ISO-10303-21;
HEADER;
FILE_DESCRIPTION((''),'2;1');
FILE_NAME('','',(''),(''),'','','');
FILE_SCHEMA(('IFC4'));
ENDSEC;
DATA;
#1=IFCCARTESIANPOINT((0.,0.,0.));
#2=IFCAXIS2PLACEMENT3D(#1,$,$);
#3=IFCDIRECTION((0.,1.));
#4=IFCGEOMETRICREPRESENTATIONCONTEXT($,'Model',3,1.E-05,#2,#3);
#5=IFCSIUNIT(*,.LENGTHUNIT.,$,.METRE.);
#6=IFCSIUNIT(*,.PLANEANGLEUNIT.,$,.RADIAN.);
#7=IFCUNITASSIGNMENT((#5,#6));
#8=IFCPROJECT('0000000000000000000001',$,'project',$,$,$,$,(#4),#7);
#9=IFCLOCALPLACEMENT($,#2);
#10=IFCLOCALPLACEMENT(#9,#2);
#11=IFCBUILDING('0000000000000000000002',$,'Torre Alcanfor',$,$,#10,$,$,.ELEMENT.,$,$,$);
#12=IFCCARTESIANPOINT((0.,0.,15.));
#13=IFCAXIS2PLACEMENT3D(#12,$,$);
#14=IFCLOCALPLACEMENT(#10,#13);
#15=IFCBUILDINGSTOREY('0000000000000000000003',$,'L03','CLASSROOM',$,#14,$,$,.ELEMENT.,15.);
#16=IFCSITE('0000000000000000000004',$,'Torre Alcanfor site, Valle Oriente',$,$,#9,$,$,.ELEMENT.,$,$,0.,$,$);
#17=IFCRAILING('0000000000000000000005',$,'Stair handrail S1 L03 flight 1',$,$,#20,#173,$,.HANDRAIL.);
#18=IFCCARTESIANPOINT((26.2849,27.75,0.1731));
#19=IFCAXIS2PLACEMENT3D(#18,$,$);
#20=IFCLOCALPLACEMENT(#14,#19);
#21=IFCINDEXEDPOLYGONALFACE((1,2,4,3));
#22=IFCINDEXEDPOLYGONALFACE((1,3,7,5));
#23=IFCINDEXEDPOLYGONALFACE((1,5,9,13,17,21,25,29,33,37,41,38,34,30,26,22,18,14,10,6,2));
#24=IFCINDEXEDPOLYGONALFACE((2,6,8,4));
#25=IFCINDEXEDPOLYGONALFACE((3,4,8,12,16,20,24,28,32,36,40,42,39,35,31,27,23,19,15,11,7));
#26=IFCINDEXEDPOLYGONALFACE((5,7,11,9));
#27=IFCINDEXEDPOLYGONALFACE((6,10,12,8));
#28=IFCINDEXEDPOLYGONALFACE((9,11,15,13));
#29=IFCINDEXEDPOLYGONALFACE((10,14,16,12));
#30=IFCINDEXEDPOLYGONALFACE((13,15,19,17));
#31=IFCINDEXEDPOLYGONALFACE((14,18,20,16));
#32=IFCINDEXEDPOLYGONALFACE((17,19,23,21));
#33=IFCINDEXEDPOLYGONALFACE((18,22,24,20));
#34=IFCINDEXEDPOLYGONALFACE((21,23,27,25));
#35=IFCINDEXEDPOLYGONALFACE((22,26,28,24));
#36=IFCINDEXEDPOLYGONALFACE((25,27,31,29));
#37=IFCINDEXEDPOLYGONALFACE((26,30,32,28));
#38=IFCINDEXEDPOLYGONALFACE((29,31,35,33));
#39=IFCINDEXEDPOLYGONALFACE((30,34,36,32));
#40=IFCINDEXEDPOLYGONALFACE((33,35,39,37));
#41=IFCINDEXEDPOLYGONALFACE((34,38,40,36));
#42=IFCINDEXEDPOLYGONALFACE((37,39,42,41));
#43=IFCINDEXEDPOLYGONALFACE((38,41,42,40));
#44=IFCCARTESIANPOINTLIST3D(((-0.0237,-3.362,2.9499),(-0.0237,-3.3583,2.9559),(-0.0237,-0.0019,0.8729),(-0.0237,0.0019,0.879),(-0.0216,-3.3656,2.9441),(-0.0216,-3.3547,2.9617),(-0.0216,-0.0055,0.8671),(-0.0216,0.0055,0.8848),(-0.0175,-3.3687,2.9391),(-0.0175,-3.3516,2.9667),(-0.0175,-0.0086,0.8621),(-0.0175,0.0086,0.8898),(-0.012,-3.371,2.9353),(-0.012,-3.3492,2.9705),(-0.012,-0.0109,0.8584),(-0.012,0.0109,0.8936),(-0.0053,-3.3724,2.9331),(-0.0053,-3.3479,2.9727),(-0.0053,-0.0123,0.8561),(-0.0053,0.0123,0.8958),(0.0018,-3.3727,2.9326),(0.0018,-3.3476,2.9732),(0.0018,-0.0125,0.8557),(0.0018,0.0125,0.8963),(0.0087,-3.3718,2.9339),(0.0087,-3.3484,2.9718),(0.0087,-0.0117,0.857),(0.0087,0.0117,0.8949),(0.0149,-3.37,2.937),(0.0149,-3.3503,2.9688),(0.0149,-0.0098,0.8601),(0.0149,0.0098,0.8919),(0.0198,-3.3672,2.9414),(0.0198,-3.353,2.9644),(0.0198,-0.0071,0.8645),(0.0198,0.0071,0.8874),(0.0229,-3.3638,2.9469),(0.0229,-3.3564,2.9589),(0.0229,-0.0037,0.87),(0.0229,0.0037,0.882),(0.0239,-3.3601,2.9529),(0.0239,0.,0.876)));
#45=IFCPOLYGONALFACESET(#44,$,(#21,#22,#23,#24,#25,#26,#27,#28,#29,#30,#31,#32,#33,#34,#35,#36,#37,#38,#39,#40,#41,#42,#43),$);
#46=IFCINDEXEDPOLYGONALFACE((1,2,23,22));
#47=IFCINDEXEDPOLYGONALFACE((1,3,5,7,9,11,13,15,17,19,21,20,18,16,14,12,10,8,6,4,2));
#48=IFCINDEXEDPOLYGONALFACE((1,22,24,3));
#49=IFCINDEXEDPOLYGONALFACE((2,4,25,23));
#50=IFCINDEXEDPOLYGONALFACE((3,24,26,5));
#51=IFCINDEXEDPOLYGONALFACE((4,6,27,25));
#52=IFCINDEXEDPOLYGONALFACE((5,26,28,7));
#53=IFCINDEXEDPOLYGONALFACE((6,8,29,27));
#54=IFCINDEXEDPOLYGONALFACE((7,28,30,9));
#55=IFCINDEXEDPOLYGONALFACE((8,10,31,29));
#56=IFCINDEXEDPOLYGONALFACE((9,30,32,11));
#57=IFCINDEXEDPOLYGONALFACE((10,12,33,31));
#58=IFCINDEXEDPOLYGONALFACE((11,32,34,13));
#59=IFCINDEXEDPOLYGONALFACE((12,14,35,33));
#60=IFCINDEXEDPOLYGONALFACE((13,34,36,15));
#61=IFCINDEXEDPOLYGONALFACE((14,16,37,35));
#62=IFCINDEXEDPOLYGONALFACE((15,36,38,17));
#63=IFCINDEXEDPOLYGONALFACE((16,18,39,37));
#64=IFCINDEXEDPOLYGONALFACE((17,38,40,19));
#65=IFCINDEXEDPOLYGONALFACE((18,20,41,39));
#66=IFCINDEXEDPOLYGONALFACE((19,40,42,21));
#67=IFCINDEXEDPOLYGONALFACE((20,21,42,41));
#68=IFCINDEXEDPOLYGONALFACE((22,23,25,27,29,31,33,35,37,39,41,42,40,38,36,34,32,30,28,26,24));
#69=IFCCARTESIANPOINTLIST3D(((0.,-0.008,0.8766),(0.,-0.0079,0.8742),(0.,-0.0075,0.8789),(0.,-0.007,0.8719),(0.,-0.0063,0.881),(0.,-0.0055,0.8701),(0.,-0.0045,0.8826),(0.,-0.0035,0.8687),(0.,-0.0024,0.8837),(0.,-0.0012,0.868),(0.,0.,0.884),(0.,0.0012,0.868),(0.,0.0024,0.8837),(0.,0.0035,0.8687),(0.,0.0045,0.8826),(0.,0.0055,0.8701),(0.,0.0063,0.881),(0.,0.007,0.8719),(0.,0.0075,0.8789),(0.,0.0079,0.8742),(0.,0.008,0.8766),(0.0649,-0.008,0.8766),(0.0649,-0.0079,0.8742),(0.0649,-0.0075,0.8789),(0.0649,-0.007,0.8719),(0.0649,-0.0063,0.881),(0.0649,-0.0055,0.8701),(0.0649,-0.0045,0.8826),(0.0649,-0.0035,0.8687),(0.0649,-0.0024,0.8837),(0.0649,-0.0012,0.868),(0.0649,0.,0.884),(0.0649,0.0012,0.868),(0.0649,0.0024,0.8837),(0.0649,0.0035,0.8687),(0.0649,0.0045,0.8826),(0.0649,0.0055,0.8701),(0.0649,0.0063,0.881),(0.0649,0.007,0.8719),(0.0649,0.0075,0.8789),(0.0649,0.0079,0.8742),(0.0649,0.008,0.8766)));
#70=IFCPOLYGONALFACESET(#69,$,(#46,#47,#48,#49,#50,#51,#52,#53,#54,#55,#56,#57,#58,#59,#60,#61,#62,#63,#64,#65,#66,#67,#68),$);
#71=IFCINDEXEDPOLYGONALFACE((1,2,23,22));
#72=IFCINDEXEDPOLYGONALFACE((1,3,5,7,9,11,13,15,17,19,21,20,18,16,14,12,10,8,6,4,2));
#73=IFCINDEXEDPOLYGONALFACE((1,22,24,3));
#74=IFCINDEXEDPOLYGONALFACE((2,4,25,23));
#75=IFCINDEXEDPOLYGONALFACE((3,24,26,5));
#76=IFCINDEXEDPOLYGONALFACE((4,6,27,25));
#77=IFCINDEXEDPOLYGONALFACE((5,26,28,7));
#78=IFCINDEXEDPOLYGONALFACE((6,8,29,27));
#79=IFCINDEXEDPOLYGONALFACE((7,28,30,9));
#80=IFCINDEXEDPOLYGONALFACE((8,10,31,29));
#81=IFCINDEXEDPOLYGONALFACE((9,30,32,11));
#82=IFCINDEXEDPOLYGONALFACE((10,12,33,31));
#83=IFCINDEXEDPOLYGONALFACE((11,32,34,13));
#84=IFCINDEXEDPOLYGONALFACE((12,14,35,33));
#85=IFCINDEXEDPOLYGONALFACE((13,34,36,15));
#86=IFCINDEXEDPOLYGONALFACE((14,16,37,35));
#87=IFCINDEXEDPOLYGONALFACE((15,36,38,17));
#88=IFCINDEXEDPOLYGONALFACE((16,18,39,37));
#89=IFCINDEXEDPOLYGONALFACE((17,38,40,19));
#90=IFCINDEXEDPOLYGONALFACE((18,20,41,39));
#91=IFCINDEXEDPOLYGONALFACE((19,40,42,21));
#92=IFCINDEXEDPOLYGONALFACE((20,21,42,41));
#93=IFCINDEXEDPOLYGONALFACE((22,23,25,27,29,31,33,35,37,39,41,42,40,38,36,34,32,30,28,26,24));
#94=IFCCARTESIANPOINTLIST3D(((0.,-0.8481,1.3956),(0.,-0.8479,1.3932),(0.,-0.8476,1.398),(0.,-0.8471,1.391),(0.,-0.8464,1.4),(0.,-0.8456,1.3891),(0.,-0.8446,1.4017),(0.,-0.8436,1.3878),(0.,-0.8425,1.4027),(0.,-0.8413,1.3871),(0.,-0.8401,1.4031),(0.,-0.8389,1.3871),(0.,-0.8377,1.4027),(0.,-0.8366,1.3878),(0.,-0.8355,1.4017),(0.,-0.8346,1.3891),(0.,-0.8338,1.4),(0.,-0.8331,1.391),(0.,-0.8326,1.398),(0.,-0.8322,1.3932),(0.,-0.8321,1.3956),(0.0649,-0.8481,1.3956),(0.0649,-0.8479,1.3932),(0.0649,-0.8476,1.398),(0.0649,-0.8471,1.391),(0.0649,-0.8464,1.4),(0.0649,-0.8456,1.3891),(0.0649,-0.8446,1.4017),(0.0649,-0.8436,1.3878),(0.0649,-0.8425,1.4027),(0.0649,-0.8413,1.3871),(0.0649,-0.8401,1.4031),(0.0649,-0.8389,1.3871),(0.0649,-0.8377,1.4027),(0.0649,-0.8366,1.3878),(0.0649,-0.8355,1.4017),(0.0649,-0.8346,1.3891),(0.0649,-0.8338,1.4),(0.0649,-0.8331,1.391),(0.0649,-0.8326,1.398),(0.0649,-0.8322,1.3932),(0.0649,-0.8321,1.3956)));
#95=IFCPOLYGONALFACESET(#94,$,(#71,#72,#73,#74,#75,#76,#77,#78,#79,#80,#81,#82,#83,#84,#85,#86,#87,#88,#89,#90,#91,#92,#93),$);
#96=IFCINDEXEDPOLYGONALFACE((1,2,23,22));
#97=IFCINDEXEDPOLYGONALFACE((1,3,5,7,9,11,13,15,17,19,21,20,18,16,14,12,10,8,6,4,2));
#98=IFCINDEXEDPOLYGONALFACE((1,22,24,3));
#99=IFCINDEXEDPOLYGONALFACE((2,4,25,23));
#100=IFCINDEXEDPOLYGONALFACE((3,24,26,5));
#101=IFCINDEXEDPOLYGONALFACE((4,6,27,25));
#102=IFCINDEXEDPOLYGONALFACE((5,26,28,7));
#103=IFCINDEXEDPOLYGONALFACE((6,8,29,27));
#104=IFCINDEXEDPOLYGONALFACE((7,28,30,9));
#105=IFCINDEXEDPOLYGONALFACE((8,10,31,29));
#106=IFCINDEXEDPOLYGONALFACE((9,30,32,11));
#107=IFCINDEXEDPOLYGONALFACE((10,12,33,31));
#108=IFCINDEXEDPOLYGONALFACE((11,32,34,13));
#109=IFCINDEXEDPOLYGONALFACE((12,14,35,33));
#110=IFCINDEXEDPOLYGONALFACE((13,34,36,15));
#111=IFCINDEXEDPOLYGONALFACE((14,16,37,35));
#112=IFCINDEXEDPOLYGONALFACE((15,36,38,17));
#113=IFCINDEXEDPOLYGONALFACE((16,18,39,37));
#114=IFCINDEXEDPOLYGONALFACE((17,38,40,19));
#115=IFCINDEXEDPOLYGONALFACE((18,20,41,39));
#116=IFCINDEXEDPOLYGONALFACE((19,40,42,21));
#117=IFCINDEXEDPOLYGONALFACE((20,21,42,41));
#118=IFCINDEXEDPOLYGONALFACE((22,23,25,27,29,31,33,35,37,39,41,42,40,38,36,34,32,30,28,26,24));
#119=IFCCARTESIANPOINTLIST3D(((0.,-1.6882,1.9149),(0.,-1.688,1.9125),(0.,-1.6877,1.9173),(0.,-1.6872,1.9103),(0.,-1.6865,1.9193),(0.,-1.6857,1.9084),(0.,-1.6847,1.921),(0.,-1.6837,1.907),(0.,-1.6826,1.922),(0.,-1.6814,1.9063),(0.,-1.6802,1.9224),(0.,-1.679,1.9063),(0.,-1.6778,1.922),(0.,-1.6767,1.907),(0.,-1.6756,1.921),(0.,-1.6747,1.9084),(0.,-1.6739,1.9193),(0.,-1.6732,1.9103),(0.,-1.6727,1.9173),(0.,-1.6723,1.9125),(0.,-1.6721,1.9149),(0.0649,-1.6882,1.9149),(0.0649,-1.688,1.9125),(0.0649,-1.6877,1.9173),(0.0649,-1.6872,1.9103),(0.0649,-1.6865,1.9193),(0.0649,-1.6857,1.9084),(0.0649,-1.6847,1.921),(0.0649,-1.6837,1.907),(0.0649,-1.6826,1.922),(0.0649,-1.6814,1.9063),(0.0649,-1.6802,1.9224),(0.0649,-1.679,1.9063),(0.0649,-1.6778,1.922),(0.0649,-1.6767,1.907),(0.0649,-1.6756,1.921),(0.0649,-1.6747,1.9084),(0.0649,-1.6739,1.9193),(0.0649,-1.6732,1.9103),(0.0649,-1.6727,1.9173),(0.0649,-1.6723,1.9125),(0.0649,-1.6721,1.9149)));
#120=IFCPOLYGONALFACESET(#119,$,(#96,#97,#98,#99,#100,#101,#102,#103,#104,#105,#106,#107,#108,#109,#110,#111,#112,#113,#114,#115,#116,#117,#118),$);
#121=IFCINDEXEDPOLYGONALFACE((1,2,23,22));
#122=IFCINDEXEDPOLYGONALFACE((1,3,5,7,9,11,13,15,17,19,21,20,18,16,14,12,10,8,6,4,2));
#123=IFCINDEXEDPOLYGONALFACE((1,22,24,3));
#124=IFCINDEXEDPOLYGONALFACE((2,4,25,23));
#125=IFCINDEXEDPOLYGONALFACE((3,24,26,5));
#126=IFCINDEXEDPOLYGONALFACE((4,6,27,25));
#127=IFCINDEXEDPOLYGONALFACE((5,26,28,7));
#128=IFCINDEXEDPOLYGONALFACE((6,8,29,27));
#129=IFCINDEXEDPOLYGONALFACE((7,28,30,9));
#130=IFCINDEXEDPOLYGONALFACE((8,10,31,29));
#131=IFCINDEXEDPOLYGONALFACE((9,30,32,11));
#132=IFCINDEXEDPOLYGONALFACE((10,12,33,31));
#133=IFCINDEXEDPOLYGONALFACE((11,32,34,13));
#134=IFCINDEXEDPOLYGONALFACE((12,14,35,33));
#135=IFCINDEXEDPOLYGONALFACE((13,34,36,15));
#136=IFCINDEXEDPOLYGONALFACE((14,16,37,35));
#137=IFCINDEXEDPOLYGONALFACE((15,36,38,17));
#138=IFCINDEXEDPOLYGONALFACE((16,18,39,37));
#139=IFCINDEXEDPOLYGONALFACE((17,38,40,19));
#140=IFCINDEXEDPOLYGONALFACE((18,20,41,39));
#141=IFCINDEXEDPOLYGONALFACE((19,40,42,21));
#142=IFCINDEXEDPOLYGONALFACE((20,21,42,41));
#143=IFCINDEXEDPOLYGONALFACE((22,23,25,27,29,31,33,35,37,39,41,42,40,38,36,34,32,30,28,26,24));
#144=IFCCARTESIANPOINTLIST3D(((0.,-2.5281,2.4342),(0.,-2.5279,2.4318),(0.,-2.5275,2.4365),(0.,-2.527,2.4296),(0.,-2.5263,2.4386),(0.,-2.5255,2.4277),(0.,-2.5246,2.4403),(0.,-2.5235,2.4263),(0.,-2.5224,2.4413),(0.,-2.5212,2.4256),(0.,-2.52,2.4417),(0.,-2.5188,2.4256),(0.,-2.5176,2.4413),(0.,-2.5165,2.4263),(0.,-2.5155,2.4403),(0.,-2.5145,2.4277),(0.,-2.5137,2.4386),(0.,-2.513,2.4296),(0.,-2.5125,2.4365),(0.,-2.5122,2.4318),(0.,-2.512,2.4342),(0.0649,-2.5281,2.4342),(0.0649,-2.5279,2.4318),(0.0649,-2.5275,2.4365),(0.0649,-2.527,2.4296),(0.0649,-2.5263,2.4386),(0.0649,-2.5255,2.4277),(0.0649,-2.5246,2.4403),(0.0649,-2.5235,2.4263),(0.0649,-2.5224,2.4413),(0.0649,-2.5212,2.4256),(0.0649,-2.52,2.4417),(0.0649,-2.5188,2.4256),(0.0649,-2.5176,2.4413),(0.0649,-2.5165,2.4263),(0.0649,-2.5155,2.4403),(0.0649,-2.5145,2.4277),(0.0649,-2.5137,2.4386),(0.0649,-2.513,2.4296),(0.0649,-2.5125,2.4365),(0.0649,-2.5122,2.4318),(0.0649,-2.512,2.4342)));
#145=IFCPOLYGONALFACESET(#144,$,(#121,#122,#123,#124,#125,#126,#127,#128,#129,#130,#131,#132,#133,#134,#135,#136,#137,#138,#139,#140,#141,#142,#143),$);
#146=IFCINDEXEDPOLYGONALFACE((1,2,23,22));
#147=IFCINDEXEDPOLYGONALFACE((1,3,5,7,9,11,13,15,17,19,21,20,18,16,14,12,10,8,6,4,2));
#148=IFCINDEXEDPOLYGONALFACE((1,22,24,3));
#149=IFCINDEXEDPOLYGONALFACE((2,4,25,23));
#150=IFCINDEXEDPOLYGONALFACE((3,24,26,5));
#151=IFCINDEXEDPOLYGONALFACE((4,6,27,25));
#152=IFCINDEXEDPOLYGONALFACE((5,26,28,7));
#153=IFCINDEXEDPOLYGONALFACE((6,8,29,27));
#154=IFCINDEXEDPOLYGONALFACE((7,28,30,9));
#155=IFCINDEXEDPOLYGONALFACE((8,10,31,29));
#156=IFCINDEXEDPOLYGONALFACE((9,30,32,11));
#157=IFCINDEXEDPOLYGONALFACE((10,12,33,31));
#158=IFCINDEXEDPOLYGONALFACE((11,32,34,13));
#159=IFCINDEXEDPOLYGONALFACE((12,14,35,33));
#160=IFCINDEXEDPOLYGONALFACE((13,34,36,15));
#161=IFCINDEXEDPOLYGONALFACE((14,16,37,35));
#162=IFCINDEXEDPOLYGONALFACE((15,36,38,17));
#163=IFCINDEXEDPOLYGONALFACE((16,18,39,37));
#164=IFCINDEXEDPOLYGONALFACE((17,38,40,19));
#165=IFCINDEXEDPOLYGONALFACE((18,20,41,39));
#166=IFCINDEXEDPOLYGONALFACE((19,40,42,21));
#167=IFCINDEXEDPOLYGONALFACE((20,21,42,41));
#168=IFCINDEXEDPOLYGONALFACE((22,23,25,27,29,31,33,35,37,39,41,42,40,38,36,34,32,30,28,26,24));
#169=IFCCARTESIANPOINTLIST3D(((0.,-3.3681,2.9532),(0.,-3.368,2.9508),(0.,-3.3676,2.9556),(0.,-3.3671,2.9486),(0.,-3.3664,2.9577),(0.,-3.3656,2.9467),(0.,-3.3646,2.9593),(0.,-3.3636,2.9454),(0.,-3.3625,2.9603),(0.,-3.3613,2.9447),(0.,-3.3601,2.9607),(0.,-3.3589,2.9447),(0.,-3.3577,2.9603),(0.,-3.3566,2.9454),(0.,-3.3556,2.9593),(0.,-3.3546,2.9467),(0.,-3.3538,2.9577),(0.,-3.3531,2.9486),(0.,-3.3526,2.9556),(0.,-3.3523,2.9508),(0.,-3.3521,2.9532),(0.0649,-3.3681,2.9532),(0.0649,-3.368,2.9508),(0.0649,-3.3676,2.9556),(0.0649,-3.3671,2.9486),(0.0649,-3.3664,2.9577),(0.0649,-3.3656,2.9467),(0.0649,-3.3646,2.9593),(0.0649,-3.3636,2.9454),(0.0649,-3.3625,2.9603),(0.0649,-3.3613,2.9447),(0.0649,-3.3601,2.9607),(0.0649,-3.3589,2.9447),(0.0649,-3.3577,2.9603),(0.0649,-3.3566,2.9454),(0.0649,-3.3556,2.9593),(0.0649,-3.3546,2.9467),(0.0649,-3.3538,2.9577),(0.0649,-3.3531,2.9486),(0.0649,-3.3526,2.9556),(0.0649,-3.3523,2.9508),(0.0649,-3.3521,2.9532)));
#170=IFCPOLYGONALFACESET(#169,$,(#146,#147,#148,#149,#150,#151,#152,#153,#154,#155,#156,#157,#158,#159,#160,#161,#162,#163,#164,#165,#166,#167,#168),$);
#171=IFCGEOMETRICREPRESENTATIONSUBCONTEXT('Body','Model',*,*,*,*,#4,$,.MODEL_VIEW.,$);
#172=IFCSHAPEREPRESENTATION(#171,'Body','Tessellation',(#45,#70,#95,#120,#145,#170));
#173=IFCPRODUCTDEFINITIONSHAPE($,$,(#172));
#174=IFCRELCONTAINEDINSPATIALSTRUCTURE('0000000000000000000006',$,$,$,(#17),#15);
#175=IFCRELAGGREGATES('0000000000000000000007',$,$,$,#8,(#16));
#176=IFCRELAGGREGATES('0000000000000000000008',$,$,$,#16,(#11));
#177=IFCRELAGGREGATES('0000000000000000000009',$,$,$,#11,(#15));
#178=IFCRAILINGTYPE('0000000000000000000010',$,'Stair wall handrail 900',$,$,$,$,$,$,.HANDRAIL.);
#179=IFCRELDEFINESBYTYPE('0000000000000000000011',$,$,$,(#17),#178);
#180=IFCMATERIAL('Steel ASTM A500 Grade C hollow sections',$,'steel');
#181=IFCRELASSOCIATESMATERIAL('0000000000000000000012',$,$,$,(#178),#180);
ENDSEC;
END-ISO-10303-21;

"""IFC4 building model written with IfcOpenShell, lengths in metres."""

from ifc_helpers import new_model, si_unit, direction, frame, origin, origin_2d, place, context, subcontext, project, spatial, circle, extrude, material, type_object, element, save


model = new_model("IFC4")

# Units and contexts
model_context = context("Model", 3, precision=1e-05, world=origin(), true_north=direction((0.0, 1.0)))
body_context = subcontext(model_context, "Body", "Model", "MODEL_VIEW")
ifc_project = project(units=[si_unit("LENGTHUNIT", "METRE"), si_unit("PLANEANGLEUNIT", "RADIAN")], contexts=[model_context])

# Site, building, storey
site_placement = place(None, origin())
site = spatial("IfcSite", under=ifc_project, at=site_placement, Name="Torre Alcanfor site, Valle Oriente", CompositionType="ELEMENT", RefElevation=0.0)
building_placement = place(site_placement, origin())
building = spatial("IfcBuilding", under=site, at=building_placement, Name="Torre Alcanfor", CompositionType="ELEMENT")
storey_placement = place(building_placement, frame((0.0, 0.0, 15.0)))
storey = spatial("IfcBuildingStorey", under=building, at=storey_placement, Name="L03", Description="CLASSROOM", CompositionType="ELEMENT", Elevation=15.0)

# Railing
ifc_material_1 = material(Name="Steel ASTM A500 Grade C hollow sections", Category="steel")
railing_type = type_object("IfcRailingType", Name="Stair wall handrail 900", PredefinedType="HANDRAIL", material=ifc_material_1)
railing_placement = place(storey_placement, frame((26.2849, 27.75, 0.1731)))
element("IfcRailing", 1, at=railing_placement, inside=storey, type_object=railing_type, Name="Stair handrail S1 L03 flight 1", PredefinedType="HANDRAIL", context=body_context, shape_type="SweptSolid", body=[
    extrude(circle(Radius=0.0239, at=origin_2d()), frame((0.0, 0.0, 0.876), z_axis=(0.0, -0.850623, 0.525776), x_axis=(1.0, 0.0, 0.0)), (0.0, 0.0, 1.0), 3.9502),
    extrude(circle(Radius=0.0081, at=origin_2d()), frame((0.0, 0.0, 0.876), z_axis=(1.0, 0.0, 0.0), x_axis=(0.0, 0.0, 1.0)), (0.0, 0.0, 1.0), 0.0649),
    extrude(circle(Radius=0.0081, at=origin_2d()), frame((0.0, -0.8401, 1.395), z_axis=(1.0, 0.0, 0.0), x_axis=(0.0, 0.0, 1.0)), (0.0, 0.0, 1.0), 0.0649),
    extrude(circle(Radius=0.0081, at=origin_2d()), frame((0.0, -1.6802, 1.9143), z_axis=(1.0, 0.0, 0.0), x_axis=(0.0, 0.0, 1.0)), (0.0, 0.0, 1.0), 0.0649),
    extrude(circle(Radius=0.0081, at=origin_2d()), frame((0.0, -2.52, 2.4336), z_axis=(1.0, 0.0, 0.0), x_axis=(0.0, 0.0, 1.0)), (0.0, 0.0, 1.0), 0.0649),
    extrude(circle(Radius=0.0081, at=origin_2d()), frame((0.0, -3.3601, 2.9526), z_axis=(1.0, 0.0, 0.0), x_axis=(0.0, 0.0, 1.0)), (0.0, 0.0, 1.0), 0.0649),
])

save(model, "model.ifc")
